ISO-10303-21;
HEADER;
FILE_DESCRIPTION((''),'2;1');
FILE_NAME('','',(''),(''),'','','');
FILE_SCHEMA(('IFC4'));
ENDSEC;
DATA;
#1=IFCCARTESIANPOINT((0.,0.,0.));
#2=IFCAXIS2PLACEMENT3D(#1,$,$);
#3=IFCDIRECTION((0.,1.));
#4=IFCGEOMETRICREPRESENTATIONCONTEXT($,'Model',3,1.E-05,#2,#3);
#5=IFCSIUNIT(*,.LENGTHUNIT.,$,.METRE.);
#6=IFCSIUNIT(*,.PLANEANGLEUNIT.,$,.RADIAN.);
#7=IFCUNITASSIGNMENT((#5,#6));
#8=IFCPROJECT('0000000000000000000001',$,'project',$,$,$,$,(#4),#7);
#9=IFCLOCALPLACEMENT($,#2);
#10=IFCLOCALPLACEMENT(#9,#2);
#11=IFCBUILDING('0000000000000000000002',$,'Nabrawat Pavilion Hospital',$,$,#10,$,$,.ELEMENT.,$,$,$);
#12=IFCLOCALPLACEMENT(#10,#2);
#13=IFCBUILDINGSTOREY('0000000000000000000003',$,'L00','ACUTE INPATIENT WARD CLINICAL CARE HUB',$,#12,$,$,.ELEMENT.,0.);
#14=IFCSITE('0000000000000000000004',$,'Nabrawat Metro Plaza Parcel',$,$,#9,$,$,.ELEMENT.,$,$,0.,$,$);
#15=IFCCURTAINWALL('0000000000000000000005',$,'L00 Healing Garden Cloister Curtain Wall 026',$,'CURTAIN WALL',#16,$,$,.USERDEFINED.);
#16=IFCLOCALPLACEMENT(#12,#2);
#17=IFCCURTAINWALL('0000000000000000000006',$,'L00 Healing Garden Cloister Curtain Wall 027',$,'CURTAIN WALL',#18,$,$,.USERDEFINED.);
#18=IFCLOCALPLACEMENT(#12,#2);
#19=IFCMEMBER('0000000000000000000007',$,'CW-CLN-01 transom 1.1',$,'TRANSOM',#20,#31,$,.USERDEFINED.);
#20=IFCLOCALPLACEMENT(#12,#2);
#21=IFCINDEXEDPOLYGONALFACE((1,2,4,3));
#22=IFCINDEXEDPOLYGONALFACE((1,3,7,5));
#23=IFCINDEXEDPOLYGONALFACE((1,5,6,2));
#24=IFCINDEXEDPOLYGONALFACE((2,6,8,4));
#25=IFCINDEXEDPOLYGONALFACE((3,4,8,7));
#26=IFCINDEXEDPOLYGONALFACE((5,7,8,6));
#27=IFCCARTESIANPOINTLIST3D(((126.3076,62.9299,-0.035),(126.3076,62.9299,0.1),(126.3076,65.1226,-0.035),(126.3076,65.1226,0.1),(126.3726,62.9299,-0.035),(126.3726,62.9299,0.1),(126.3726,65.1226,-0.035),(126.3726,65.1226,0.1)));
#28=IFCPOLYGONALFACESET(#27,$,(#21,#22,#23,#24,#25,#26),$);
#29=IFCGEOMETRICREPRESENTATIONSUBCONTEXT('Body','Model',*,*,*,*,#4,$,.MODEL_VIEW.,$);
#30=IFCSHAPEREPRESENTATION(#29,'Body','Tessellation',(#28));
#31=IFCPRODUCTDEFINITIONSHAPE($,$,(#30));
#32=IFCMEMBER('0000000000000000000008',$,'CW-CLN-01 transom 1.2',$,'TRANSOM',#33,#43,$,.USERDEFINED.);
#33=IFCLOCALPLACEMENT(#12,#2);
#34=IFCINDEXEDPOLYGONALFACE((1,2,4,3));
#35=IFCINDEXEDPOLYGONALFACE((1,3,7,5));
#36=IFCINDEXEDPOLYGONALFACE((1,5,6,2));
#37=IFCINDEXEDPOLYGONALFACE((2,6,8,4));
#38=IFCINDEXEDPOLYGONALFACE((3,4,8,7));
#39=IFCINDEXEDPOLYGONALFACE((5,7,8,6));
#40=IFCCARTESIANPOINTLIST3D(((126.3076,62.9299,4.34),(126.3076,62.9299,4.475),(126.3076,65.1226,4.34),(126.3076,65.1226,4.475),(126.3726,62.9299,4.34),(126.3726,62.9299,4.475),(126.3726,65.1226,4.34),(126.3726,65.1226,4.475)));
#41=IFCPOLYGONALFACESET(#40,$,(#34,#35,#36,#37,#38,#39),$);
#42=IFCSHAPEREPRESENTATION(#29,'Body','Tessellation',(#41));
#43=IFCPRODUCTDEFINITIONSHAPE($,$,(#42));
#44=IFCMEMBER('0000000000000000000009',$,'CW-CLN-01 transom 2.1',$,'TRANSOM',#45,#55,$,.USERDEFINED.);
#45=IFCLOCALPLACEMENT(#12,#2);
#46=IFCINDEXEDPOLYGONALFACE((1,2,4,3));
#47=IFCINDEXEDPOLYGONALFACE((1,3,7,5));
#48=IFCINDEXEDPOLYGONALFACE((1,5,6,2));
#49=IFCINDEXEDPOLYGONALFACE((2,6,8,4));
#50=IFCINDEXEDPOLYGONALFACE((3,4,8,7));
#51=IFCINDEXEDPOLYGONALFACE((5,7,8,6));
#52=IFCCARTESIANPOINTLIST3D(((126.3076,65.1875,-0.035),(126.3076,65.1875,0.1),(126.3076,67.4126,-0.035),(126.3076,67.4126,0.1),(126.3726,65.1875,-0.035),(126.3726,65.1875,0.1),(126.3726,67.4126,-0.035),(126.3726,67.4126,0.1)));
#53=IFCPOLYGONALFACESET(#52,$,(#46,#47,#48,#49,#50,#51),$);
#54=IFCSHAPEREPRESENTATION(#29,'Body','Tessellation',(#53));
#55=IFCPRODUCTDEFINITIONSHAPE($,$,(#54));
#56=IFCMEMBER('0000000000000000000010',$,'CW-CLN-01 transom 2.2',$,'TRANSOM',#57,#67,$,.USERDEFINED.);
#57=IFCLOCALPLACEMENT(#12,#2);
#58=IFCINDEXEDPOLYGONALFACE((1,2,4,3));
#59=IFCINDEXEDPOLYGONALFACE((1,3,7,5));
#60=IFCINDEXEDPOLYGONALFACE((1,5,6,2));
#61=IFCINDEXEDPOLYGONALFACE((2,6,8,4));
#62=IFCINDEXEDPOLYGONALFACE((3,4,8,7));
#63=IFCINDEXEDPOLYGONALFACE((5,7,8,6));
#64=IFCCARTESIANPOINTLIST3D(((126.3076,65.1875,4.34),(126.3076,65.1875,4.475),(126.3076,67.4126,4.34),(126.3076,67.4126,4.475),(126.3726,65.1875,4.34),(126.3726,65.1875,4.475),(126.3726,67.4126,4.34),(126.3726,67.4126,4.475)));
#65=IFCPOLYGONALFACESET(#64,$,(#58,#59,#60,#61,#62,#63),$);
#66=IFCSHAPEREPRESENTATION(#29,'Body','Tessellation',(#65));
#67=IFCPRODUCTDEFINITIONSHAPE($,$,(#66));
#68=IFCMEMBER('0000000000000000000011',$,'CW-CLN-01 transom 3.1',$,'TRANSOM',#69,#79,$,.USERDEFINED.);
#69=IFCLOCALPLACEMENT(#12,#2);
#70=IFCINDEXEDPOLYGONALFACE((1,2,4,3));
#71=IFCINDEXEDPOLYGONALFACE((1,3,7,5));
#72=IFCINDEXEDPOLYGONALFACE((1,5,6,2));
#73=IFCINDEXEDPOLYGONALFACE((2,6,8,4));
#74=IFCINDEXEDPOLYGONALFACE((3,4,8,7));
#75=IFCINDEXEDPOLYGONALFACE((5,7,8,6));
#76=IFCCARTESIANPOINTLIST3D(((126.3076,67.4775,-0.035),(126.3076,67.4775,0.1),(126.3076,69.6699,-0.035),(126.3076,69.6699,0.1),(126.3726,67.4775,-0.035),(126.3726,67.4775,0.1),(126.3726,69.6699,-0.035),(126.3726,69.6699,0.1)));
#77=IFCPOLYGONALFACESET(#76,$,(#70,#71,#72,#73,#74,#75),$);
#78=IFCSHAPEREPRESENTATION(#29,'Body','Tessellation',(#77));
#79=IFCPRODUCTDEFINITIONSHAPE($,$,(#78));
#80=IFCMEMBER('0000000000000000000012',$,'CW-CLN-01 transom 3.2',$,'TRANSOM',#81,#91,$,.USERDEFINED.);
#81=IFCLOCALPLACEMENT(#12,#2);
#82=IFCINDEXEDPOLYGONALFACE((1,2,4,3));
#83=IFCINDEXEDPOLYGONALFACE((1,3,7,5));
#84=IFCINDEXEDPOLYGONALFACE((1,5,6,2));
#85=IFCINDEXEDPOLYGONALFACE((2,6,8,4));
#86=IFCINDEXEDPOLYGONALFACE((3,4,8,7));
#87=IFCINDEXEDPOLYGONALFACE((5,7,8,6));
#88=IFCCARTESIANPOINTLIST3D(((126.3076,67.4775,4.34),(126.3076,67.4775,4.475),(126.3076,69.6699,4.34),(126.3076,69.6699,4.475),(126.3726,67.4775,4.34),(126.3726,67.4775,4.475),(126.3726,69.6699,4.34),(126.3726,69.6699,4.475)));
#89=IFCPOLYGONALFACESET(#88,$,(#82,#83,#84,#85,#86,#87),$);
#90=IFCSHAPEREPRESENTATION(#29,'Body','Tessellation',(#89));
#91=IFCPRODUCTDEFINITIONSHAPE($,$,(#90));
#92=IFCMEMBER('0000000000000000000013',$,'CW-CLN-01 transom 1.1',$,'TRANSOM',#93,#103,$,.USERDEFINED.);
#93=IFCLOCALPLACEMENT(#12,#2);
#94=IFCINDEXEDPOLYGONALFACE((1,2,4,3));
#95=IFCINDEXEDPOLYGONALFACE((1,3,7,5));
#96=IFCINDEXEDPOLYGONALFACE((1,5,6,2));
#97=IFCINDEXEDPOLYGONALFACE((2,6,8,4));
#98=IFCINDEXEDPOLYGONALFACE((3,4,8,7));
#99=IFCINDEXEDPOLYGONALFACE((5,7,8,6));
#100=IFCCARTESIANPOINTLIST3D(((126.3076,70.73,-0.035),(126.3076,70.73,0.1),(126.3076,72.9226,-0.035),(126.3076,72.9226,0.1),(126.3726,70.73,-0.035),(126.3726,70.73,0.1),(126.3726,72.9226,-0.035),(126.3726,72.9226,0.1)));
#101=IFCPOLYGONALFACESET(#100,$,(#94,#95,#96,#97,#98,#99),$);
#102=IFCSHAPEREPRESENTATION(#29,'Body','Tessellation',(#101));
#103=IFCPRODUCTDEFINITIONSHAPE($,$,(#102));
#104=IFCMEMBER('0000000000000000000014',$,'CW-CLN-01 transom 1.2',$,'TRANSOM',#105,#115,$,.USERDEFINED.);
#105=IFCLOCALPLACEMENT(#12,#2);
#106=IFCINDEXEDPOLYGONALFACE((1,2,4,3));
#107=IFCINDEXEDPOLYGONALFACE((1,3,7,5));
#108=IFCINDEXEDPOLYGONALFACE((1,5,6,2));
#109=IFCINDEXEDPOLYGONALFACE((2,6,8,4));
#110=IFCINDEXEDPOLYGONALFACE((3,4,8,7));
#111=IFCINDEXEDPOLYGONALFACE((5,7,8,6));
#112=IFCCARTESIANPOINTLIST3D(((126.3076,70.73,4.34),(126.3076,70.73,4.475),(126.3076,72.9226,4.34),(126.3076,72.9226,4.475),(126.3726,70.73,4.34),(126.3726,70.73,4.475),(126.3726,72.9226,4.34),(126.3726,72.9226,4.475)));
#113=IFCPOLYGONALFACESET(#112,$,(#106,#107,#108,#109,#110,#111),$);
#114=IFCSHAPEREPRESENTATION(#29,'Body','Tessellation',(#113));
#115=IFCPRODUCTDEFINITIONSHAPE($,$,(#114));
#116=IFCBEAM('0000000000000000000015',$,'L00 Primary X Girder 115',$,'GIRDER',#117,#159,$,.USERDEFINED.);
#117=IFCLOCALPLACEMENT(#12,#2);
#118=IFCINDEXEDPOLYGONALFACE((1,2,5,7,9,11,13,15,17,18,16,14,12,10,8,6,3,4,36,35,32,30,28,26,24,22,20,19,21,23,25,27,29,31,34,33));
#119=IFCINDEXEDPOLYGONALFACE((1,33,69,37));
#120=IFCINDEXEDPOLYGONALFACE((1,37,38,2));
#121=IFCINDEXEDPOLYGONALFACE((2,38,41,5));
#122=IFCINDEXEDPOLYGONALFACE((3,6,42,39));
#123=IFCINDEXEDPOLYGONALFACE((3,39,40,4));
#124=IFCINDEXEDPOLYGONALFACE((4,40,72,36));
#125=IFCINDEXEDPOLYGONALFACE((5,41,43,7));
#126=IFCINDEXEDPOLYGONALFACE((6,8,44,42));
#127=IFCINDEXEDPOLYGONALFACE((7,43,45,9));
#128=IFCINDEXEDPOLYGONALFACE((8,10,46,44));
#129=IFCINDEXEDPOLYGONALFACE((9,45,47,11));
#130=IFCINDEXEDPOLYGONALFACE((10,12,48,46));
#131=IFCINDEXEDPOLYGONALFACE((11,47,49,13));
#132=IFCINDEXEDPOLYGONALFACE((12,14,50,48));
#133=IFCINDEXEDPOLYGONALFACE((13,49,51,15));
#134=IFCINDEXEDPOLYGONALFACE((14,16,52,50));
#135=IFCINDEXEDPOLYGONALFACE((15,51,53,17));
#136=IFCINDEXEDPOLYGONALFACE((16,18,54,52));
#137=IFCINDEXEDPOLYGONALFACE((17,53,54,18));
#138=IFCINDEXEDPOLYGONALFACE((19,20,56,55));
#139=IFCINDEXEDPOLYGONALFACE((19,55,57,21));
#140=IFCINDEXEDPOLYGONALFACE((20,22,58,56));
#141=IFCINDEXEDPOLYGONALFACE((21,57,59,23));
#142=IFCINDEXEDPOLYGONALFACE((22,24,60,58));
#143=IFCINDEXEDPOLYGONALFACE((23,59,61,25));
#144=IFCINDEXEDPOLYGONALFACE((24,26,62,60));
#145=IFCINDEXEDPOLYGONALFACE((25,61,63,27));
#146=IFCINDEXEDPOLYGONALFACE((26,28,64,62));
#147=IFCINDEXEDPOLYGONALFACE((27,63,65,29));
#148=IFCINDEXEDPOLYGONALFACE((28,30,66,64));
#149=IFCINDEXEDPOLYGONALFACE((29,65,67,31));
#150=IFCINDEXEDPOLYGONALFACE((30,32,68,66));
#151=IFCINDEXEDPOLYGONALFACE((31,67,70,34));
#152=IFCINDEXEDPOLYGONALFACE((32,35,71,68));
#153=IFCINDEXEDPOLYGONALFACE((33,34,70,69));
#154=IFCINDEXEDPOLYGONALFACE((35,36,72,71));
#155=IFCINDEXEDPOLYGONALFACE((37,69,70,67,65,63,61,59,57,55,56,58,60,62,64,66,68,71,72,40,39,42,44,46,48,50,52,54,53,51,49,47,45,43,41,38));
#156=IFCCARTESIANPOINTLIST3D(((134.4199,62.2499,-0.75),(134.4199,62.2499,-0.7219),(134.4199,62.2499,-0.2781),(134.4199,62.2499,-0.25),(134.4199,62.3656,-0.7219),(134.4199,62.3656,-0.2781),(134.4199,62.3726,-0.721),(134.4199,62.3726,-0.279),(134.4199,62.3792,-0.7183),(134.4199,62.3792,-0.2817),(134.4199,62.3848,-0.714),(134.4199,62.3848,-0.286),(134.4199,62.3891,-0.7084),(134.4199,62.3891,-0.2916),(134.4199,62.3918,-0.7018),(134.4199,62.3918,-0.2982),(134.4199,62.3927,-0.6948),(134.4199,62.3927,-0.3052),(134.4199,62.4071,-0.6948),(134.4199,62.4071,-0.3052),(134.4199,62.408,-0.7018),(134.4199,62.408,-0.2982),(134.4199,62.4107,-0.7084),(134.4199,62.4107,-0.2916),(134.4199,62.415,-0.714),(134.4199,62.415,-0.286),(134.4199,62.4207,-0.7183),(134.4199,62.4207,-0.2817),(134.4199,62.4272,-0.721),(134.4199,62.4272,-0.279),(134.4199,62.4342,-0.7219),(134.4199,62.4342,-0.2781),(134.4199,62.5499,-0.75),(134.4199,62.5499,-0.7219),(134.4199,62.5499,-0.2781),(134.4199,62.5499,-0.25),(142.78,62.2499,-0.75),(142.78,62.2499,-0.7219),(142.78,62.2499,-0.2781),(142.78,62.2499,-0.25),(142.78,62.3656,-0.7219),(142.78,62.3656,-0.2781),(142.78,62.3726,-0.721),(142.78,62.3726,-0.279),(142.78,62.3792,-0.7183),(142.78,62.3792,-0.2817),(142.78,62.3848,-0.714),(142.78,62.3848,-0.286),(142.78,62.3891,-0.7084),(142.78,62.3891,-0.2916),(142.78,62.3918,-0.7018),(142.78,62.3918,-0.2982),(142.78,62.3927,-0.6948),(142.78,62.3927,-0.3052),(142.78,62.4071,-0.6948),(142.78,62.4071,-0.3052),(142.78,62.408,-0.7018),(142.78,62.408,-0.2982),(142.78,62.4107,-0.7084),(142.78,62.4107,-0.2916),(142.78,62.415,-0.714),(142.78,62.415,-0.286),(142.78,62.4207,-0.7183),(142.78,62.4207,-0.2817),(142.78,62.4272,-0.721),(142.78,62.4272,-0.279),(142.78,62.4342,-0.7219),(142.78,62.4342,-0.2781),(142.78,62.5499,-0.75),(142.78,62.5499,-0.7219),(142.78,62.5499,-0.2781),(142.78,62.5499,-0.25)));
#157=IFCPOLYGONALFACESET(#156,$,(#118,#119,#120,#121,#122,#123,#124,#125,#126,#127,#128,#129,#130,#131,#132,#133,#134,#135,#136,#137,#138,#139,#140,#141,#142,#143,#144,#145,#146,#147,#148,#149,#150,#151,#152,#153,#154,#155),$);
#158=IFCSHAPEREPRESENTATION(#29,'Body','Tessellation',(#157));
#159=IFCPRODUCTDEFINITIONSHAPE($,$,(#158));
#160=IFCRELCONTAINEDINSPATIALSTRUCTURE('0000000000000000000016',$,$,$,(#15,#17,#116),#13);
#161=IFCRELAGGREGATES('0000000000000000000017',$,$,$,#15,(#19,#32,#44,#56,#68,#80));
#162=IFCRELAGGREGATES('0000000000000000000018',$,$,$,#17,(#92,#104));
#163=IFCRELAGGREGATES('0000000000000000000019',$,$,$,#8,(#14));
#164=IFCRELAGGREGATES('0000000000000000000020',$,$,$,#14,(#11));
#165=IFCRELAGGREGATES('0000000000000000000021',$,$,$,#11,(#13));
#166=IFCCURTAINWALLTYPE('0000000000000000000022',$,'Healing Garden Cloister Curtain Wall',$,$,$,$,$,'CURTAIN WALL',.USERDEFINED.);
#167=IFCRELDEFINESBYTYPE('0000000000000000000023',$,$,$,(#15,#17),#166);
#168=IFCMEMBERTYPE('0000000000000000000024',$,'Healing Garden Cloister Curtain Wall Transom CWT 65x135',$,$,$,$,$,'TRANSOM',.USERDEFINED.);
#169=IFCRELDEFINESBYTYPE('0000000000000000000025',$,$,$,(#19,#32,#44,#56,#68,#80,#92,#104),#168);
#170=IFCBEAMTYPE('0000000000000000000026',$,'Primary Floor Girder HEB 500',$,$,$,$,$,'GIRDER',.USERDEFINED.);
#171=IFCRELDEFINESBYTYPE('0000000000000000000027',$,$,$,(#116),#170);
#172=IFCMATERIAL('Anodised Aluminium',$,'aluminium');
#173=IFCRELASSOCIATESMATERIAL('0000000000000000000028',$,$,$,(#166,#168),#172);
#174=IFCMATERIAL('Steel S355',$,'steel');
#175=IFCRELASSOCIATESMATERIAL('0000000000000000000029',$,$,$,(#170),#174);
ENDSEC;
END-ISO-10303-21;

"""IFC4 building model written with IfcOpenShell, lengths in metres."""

from ifc_helpers import new_model, si_unit, direction, frame, origin, origin_2d, place, context, subcontext, project, spatial, rectangle, i_section, extrude, material, material_profile, profile_set, type_object, element, aggregate, save


model = new_model("IFC4")

# Units and contexts
model_context = context("Model", 3, precision=1e-05, world=origin(), true_north=direction((0.0, 1.0)))
body_context = subcontext(model_context, "Body", "Model", "MODEL_VIEW")
ifc_project = project(units=[si_unit("LENGTHUNIT", "METRE"), si_unit("PLANEANGLEUNIT", "RADIAN")], contexts=[model_context])

# Site, building, storey
site_placement = place(None, origin())
site = spatial("IfcSite", under=ifc_project, at=site_placement, Name="Nabrawat Metro Plaza Parcel", CompositionType="ELEMENT", RefElevation=0.0)
building_placement = place(site_placement, origin())
building = spatial("IfcBuilding", under=site, at=building_placement, Name="Nabrawat Pavilion Hospital", CompositionType="ELEMENT")
storey_placement = place(building_placement, origin())
storey = spatial("IfcBuildingStorey", under=building, at=storey_placement, Name="L00", Description="ACUTE INPATIENT WARD CLINICAL CARE HUB", CompositionType="ELEMENT", Elevation=0.0)

# Shared definitions
ifc_material_1 = material(Name="Steel S355", Category="steel")

# Curtain wall
ifc_material_2 = material(Name="Anodised Aluminium", Category="aluminium")
curtain_wall_type = type_object("IfcCurtainWallType", Name="Healing Garden Cloister Curtain Wall", ElementType="CURTAIN WALL", PredefinedType="USERDEFINED", material=ifc_material_2)
curtain_wall_1_placement = place(storey_placement, origin())
curtain_wall_1 = element("IfcCurtainWall", 1, at=curtain_wall_1_placement, inside=storey, type_object=curtain_wall_type, Name="L00 Healing Garden Cloister Curtain Wall 026", ObjectType="CURTAIN WALL", PredefinedType="USERDEFINED")

# Curtain wall
curtain_wall_2_placement = place(storey_placement, origin())
curtain_wall_2 = element("IfcCurtainWall", 2, at=curtain_wall_2_placement, inside=storey, type_object=curtain_wall_type, Name="L00 Healing Garden Cloister Curtain Wall 027", ObjectType="CURTAIN WALL", PredefinedType="USERDEFINED")

# Members
ifc_material_profile_1 = material_profile(ifc_material_2, rectangle(XDim=0.0649, YDim=0.135, at=origin_2d()), Name="CWT 65x135")
ifc_profile_set_1 = profile_set([ifc_material_profile_1], Name="Anodised Aluminium")
member_type_1 = type_object("IfcMemberType", Name="Healing Garden Cloister Curtain Wall Transom CWT 65x135", ElementType="TRANSOM", PredefinedType="USERDEFINED", material=ifc_profile_set_1)
member_1_placement = place(storey_placement, frame((126.3401, 62.9299, 0.0325), z_axis=(0.0, 1.0, 0.0), x_axis=(-1.0, 0.0, 0.0)))
member_1 = element("IfcMember", 3, at=member_1_placement, type_object=member_type_1, Name="CW-CLN-01 transom 1.1", ObjectType="TRANSOM", PredefinedType="USERDEFINED", context=body_context, shape_type="SweptSolid", body=[
    extrude(rectangle(XDim=0.0649, YDim=0.135, at=origin_2d()), origin(), (0.0, 0.0, 1.0), 2.1926),
])
member_2_placement = place(storey_placement, frame((126.3401, 62.9299, 4.4075), z_axis=(0.0, 1.0, 0.0), x_axis=(-1.0, 0.0, 0.0)))
member_2 = element("IfcMember", 4, at=member_2_placement, type_object=member_type_1, Name="CW-CLN-01 transom 1.2", ObjectType="TRANSOM", PredefinedType="USERDEFINED", context=body_context, shape_type="SweptSolid", body=[
    extrude(rectangle(XDim=0.0649, YDim=0.135, at=origin_2d()), origin(), (0.0, 0.0, 1.0), 2.1926),
])
member_3_placement = place(storey_placement, frame((126.3401, 65.1875, 0.0325), z_axis=(0.0, 1.0, 0.0), x_axis=(-1.0, 0.0, 0.0)))
member_3 = element("IfcMember", 5, at=member_3_placement, type_object=member_type_1, Name="CW-CLN-01 transom 2.1", ObjectType="TRANSOM", PredefinedType="USERDEFINED", context=body_context, shape_type="SweptSolid", body=[
    extrude(rectangle(XDim=0.0649, YDim=0.135, at=origin_2d()), origin(), (0.0, 0.0, 1.0), 2.2251),
])
member_4_placement = place(storey_placement, frame((126.3401, 65.1875, 4.4075), z_axis=(0.0, 1.0, 0.0), x_axis=(-1.0, 0.0, 0.0)))
member_4 = element("IfcMember", 6, at=member_4_placement, type_object=member_type_1, Name="CW-CLN-01 transom 2.2", ObjectType="TRANSOM", PredefinedType="USERDEFINED", context=body_context, shape_type="SweptSolid", body=[
    extrude(rectangle(XDim=0.0649, YDim=0.135, at=origin_2d()), origin(), (0.0, 0.0, 1.0), 2.2251),
])
member_5_placement = place(storey_placement, frame((126.3401, 67.4775, 0.0325), z_axis=(0.0, 1.0, 0.0), x_axis=(-1.0, 0.0, 0.0)))
member_5 = element("IfcMember", 7, at=member_5_placement, type_object=member_type_1, Name="CW-CLN-01 transom 3.1", ObjectType="TRANSOM", PredefinedType="USERDEFINED", context=body_context, shape_type="SweptSolid", body=[
    extrude(rectangle(XDim=0.0649, YDim=0.135, at=origin_2d()), origin(), (0.0, 0.0, 1.0), 2.1924),
])
member_6_placement = place(storey_placement, frame((126.3401, 67.4775, 4.4075), z_axis=(0.0, 1.0, 0.0), x_axis=(-1.0, 0.0, 0.0)))
member_6 = element("IfcMember", 8, at=member_6_placement, type_object=member_type_1, Name="CW-CLN-01 transom 3.2", ObjectType="TRANSOM", PredefinedType="USERDEFINED", context=body_context, shape_type="SweptSolid", body=[
    extrude(rectangle(XDim=0.0649, YDim=0.135, at=origin_2d()), origin(), (0.0, 0.0, 1.0), 2.1924),
])
member_7_placement = place(storey_placement, frame((126.3401, 70.73, 0.0325), z_axis=(0.0, 1.0, 0.0), x_axis=(-1.0, 0.0, 0.0)))
member_7 = element("IfcMember", 9, at=member_7_placement, type_object=member_type_1, Name="CW-CLN-01 transom 1.1", ObjectType="TRANSOM", PredefinedType="USERDEFINED", context=body_context, shape_type="SweptSolid", body=[
    extrude(rectangle(XDim=0.0649, YDim=0.135, at=origin_2d()), origin(), (0.0, 0.0, 1.0), 2.1926),
])
member_8_placement = place(storey_placement, frame((126.3401, 70.73, 4.4075), z_axis=(0.0, 1.0, 0.0), x_axis=(-1.0, 0.0, 0.0)))
member_8 = element("IfcMember", 10, at=member_8_placement, type_object=member_type_1, Name="CW-CLN-01 transom 1.2", ObjectType="TRANSOM", PredefinedType="USERDEFINED", context=body_context, shape_type="SweptSolid", body=[
    extrude(rectangle(XDim=0.0649, YDim=0.135, at=origin_2d()), origin(), (0.0, 0.0, 1.0), 2.1926),
])

# Beam
ifc_material_profile_2 = material_profile(ifc_material_1, i_section(OverallWidth=0.3, OverallDepth=0.5, WebThickness=0.0144, FlangeThickness=0.0281, FilletRadius=0.0271, at=origin_2d()), Name="HEB 500")
ifc_profile_set_2 = profile_set([ifc_material_profile_2], Name="Steel S355")
beam_type_1 = type_object("IfcBeamType", Name="Primary Floor Girder HEB 500", ElementType="GIRDER", PredefinedType="USERDEFINED", material=ifc_profile_set_2)
for number, where, z_axis, x_axis, name in (
    (11, (134.4199, 62.3999, -0.5), (1.0, 0.0, 0.0), (0.0, 1.0, 0.0), "L00 Primary X Girder 115"),
):
    element("IfcBeam", number, at=place(storey_placement, frame(where, z_axis=z_axis, x_axis=x_axis)), inside=storey, type_object=beam_type_1, Name=name, ObjectType="GIRDER", PredefinedType="USERDEFINED", context=body_context, shape_type="SweptSolid", body=[
        extrude(i_section(OverallWidth=0.3, OverallDepth=0.5, WebThickness=0.0144, FlangeThickness=0.0281, FilletRadius=0.0271, at=origin_2d()), origin(), (0.0, 0.0, 1.0), 8.3601),
    ])

aggregate(curtain_wall_1, [member_1, member_2, member_3, member_4, member_5, member_6])
aggregate(curtain_wall_2, [member_7, member_8])

save(model, "model.ifc")
